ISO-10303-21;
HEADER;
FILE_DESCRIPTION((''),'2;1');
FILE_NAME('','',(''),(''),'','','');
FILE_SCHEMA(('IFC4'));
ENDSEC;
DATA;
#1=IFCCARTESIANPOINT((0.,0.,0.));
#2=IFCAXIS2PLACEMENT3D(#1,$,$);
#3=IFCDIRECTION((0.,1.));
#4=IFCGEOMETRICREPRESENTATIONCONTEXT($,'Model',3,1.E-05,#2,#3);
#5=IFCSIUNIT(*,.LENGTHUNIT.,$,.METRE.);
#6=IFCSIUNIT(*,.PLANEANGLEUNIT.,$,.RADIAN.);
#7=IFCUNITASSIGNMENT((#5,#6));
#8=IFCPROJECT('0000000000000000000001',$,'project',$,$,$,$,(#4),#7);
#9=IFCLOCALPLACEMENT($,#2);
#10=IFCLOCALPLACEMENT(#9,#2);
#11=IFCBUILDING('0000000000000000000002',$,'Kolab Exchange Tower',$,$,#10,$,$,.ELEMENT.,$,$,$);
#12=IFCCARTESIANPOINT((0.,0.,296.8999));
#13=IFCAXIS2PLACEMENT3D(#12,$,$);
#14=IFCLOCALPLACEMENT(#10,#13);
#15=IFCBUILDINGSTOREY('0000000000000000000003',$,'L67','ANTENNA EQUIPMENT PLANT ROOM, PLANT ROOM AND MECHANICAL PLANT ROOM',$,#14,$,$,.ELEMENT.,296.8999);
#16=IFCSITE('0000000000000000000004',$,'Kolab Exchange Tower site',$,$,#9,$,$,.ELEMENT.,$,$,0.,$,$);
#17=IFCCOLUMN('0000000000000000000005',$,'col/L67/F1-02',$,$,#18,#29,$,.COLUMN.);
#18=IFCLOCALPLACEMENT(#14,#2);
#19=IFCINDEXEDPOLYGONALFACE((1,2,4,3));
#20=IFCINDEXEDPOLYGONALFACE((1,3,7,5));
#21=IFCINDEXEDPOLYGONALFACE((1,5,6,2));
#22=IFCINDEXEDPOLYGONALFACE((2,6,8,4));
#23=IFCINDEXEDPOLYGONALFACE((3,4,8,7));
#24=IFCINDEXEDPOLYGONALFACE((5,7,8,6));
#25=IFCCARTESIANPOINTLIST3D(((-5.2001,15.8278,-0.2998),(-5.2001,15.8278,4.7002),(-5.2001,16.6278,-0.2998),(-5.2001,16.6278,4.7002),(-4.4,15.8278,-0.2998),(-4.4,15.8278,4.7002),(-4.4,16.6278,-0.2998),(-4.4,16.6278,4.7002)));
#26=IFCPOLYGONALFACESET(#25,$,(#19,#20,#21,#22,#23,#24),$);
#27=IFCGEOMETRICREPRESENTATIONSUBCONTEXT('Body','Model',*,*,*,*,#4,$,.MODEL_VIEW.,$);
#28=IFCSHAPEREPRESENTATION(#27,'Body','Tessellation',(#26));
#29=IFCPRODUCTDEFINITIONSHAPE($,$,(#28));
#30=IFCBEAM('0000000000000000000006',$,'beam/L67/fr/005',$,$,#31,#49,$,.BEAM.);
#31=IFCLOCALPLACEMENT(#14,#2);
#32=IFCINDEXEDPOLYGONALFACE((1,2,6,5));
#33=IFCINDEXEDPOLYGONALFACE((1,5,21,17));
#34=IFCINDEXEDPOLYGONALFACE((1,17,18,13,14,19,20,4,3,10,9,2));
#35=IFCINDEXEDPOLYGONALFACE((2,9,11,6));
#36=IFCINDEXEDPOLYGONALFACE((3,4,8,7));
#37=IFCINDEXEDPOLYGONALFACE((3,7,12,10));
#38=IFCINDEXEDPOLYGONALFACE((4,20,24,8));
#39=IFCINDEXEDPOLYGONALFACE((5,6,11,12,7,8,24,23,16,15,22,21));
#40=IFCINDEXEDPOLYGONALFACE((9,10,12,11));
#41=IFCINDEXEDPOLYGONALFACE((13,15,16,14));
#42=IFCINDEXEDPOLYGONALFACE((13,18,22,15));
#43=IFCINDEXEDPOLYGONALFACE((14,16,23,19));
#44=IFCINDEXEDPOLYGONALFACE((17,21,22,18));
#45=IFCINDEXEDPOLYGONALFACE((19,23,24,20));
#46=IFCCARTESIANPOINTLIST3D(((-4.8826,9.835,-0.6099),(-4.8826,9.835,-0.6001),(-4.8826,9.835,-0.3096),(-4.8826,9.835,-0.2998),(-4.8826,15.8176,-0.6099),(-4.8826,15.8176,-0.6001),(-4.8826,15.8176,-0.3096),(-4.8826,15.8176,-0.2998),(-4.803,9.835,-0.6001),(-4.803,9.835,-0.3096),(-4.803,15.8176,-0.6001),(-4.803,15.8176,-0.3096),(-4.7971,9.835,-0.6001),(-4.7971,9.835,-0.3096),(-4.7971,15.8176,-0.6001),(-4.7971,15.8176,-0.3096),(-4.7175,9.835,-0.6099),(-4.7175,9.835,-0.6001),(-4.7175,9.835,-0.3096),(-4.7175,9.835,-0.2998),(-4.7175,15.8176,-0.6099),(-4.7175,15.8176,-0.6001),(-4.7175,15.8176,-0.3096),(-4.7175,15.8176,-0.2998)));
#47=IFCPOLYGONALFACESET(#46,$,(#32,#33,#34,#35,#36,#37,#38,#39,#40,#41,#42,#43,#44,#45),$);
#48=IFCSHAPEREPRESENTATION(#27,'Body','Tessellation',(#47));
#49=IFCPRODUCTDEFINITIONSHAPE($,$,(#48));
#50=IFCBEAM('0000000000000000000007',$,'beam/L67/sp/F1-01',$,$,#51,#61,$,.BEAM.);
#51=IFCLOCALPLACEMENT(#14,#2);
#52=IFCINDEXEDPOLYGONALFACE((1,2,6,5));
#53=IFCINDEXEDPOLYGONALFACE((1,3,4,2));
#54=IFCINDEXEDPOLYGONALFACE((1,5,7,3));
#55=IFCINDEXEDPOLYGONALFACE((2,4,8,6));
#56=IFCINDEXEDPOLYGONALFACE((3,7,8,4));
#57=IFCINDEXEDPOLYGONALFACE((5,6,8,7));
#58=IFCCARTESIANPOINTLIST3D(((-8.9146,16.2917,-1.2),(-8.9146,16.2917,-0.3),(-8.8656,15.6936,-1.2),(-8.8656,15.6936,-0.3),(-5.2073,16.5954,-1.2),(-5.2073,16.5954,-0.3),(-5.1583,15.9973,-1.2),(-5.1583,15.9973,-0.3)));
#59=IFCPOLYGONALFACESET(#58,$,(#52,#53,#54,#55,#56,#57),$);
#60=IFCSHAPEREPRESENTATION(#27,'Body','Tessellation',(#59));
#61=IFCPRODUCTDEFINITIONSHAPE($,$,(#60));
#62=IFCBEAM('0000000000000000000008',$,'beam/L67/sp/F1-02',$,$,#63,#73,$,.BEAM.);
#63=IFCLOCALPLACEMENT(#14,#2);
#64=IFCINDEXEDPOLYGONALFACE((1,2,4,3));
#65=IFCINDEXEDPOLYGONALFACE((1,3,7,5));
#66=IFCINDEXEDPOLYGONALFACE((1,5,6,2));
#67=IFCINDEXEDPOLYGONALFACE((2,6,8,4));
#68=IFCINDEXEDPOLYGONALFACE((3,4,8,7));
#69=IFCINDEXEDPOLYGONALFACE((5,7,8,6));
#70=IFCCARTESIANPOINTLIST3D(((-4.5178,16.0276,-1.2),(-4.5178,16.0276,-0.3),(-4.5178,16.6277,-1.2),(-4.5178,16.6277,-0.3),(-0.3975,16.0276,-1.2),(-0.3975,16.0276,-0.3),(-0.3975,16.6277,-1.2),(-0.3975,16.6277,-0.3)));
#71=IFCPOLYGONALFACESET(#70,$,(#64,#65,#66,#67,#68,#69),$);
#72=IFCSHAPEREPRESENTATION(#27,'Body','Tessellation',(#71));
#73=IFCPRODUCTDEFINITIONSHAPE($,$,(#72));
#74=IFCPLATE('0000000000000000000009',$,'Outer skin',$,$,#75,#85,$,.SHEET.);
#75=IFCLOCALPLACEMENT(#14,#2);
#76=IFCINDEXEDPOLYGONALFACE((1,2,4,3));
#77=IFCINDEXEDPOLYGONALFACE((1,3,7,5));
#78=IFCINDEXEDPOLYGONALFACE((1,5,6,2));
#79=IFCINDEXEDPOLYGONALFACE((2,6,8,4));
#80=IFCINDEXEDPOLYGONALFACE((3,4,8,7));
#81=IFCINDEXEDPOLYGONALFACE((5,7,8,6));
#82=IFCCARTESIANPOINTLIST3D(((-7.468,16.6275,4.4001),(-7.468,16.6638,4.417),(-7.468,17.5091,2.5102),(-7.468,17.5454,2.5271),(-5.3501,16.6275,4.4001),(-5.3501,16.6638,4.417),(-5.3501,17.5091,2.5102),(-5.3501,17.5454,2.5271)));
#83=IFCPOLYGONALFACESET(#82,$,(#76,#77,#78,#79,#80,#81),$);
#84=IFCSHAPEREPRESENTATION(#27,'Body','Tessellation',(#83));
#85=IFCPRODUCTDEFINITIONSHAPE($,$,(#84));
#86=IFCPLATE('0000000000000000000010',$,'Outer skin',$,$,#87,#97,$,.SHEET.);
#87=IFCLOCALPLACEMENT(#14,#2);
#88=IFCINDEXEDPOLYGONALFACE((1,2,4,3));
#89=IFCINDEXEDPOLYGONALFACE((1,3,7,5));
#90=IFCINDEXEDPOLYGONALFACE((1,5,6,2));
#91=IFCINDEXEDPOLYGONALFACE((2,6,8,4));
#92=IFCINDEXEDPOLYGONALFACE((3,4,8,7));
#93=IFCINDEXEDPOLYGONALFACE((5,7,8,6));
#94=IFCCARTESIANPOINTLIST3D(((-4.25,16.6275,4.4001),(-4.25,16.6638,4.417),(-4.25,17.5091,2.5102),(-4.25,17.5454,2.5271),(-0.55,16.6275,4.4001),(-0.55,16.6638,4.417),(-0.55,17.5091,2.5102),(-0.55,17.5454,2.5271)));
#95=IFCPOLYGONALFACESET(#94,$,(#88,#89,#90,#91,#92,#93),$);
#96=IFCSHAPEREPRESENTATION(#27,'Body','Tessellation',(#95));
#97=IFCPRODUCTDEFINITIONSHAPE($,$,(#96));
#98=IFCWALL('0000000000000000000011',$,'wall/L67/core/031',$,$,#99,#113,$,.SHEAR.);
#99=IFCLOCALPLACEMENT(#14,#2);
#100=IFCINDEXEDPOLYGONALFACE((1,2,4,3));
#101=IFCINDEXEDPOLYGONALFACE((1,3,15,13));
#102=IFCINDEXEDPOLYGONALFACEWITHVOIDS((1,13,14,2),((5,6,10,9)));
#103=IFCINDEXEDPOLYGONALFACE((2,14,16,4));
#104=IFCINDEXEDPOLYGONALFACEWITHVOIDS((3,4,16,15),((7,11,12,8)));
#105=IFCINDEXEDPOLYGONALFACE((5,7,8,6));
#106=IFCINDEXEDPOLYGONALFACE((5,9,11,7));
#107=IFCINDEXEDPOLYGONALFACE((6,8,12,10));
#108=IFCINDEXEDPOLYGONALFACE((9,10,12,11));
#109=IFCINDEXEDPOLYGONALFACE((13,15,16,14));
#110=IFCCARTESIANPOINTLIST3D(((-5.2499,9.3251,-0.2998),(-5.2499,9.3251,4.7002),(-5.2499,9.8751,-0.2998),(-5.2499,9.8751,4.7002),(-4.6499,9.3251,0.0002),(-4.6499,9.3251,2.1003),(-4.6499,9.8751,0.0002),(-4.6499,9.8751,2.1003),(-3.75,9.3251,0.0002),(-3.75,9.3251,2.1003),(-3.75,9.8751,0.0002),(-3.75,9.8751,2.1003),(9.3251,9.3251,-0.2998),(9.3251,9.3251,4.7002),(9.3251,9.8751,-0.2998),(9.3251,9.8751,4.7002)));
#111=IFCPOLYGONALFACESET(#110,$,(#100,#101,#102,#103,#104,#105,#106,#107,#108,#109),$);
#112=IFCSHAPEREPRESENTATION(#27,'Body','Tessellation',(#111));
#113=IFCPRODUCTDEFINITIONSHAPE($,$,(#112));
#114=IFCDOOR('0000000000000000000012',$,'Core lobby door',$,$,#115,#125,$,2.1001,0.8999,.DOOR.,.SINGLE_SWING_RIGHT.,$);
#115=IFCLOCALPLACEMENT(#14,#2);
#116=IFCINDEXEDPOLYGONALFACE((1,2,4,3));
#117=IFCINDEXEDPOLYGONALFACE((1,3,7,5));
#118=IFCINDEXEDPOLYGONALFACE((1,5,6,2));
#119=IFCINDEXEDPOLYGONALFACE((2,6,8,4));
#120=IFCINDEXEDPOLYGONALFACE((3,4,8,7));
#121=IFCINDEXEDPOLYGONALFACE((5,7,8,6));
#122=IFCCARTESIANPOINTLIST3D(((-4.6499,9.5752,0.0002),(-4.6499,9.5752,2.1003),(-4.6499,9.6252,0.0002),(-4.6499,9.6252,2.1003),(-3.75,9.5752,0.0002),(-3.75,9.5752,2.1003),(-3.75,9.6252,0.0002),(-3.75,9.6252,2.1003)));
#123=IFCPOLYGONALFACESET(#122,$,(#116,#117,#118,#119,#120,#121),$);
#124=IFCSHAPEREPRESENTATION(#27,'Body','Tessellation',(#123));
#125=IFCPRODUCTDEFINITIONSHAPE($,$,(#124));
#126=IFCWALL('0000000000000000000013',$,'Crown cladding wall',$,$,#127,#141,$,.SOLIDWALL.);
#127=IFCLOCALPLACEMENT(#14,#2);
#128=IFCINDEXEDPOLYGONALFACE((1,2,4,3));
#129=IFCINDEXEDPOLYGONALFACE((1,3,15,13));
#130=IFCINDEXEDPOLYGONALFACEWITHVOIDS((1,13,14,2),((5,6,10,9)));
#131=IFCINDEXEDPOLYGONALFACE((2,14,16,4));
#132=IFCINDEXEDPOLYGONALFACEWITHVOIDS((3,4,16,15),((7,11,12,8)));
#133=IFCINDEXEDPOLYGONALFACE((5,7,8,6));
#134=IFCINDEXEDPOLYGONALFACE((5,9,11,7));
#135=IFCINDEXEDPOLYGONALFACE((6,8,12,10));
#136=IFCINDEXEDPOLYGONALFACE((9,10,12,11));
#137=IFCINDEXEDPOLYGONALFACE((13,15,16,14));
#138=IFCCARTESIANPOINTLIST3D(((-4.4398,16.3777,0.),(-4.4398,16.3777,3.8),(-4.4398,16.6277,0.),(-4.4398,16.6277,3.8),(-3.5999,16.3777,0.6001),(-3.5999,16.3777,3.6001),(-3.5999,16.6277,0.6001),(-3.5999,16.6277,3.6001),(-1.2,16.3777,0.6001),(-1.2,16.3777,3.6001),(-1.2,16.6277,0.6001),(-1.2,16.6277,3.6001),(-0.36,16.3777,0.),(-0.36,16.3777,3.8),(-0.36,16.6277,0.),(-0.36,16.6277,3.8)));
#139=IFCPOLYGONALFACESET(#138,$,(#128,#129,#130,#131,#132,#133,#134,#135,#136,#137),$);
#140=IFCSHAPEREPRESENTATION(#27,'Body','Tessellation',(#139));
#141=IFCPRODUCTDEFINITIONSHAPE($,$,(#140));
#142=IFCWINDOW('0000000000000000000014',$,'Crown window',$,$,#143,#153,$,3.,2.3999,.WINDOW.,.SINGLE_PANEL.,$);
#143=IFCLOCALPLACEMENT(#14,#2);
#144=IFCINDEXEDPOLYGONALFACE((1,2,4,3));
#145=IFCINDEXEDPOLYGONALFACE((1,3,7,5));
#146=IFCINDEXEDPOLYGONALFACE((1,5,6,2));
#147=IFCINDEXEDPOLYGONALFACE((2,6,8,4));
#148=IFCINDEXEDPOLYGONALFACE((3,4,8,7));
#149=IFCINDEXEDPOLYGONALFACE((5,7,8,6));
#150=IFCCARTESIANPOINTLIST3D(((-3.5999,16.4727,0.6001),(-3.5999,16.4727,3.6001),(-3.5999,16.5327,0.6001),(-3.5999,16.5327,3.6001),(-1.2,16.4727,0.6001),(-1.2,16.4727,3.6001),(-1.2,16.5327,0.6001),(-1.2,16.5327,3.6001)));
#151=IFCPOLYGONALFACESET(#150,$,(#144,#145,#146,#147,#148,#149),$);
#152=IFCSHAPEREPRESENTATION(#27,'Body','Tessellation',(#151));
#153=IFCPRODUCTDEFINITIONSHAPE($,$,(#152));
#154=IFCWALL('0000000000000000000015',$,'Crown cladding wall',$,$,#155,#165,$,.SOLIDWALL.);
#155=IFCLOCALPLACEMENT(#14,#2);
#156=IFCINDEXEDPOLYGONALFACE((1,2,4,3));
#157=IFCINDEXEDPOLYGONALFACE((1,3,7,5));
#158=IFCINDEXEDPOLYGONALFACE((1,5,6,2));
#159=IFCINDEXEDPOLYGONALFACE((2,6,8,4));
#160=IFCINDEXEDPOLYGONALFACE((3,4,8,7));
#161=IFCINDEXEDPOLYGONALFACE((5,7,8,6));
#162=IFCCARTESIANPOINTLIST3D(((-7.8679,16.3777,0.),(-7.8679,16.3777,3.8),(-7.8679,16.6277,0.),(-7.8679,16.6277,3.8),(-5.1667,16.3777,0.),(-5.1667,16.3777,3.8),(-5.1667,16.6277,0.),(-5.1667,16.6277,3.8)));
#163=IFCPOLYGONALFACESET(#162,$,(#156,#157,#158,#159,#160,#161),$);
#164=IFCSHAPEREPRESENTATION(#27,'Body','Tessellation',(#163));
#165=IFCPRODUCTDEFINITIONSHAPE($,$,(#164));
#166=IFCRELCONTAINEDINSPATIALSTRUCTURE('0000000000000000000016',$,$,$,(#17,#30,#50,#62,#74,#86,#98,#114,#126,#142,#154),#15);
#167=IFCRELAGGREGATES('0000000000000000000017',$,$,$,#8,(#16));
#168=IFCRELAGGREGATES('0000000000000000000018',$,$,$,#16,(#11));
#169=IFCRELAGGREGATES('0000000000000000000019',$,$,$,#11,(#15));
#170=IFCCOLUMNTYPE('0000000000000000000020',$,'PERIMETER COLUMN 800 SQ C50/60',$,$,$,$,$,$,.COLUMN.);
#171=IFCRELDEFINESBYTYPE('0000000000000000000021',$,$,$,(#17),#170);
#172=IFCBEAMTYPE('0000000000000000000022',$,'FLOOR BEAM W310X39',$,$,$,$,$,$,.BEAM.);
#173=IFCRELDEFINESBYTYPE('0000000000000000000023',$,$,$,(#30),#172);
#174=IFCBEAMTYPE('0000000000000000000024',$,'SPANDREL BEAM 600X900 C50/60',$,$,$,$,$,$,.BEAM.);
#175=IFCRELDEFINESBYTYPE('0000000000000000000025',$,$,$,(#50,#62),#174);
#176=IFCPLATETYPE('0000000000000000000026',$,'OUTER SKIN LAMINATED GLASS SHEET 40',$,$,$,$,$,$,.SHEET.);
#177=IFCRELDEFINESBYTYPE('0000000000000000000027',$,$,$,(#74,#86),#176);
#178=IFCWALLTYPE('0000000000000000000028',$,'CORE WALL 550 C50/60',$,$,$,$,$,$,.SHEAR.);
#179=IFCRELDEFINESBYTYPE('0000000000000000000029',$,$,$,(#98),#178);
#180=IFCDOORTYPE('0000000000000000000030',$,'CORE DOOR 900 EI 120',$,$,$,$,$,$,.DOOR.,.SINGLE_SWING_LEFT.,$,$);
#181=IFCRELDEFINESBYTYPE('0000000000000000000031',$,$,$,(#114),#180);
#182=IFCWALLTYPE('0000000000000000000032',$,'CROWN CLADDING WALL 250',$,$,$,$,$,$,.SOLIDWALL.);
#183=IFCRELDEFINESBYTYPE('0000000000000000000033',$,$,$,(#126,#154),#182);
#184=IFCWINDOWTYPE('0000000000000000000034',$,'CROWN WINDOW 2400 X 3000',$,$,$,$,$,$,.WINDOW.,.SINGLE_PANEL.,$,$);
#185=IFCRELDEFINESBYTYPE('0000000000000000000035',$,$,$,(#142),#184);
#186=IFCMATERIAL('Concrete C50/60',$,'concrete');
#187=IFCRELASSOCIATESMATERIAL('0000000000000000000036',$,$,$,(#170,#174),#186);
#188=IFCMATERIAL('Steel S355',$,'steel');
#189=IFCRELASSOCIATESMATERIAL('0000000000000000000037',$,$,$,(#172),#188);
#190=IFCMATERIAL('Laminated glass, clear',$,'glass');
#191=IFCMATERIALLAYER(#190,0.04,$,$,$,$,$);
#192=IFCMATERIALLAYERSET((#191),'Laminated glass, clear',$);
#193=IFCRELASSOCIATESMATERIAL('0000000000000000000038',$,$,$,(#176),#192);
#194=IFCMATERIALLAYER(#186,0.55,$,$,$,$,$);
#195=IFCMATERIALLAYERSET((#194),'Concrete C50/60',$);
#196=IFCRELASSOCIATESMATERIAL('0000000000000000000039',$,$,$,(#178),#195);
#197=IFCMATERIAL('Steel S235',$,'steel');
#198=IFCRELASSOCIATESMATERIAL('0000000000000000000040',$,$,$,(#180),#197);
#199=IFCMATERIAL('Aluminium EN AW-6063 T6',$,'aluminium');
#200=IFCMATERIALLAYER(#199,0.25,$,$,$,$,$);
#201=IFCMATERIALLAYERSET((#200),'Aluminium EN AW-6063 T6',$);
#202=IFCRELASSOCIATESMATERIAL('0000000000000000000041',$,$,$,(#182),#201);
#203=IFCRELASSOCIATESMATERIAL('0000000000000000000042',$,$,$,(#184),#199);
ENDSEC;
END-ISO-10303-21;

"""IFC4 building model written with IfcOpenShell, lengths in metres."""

from ifc_helpers import new_model, si_unit, direction, frame, frame_2d, origin, origin_2d, place, context, subcontext, project, spatial, polyline, rectangle, i_section, outline, extrude, material, layer, layer_set, material_profile, profile_set, type_object, element, fill, save


model = new_model("IFC4")

# Units and contexts
model_context = context("Model", 3, precision=1e-05, world=origin(), true_north=direction((0.0, 1.0)))
body_context = subcontext(model_context, "Body", "Model", "MODEL_VIEW")
ifc_project = project(units=[si_unit("LENGTHUNIT", "METRE"), si_unit("PLANEANGLEUNIT", "RADIAN")], contexts=[model_context])

# Site, building, storey
site_placement = place(None, origin())
site = spatial("IfcSite", under=ifc_project, at=site_placement, Name="Kolab Exchange Tower site", CompositionType="ELEMENT", RefElevation=0.0)
building_placement = place(site_placement, origin())
building = spatial("IfcBuilding", under=site, at=building_placement, Name="Kolab Exchange Tower", CompositionType="ELEMENT")
storey_placement = place(building_placement, frame((0.0, 0.0, 296.8999)))
storey = spatial("IfcBuildingStorey", under=building, at=storey_placement, Name="L67", Description="ANTENNA EQUIPMENT PLANT ROOM, PLANT ROOM AND MECHANICAL PLANT ROOM", CompositionType="ELEMENT", Elevation=296.8999)

# Column
ifc_material_1 = material(Name="Concrete C50/60", Category="concrete")
ifc_material_profile_1 = material_profile(ifc_material_1, rectangle(XDim=0.8, YDim=0.8, at=origin_2d()), Name="RC800")
ifc_profile_set_1 = profile_set([ifc_material_profile_1], Name="Concrete C50/60")
column_type = type_object("IfcColumnType", Name="PERIMETER COLUMN 800 SQ C50/60", PredefinedType="COLUMN", material=ifc_profile_set_1)
column_placement = place(storey_placement, frame((-4.8, 16.2278, -0.2998), z_axis=(0.0, 0.0, 1.0), x_axis=(1.0, 0.0, 0.0)))
element("IfcColumn", 1, at=column_placement, inside=storey, type_object=column_type, Name="col/L67/F1-02", PredefinedType="COLUMN", context=body_context, shape_type="SweptSolid", body=[
    extrude(rectangle(XDim=0.8, YDim=0.8, at=origin_2d()), origin(), (0.0, 0.0, 1.0), 5.0),
])

# Beams
ifc_material_2 = material(Name="Steel S355", Category="steel")
ifc_material_profile_2 = material_profile(ifc_material_2, i_section(OverallWidth=0.165, OverallDepth=0.3101, WebThickness=0.0059, FlangeThickness=0.0098, at=origin_2d()), Name="W310X39")
ifc_profile_set_2 = profile_set([ifc_material_profile_2], Name="Steel S355")
beam_type_1 = type_object("IfcBeamType", Name="FLOOR BEAM W310X39", PredefinedType="BEAM", material=ifc_profile_set_2)
beam_1_placement = place(storey_placement, frame((-4.8, 9.835, -0.4548), z_axis=(0.0, 1.0, 0.0), x_axis=(-1.0, 0.0, 0.0)))
element("IfcBeam", 2, at=beam_1_placement, inside=storey, type_object=beam_type_1, Name="beam/L67/fr/005", PredefinedType="BEAM", context=body_context, shape_type="SweptSolid", body=[
    extrude(i_section(OverallWidth=0.165, OverallDepth=0.3101, WebThickness=0.0059, FlangeThickness=0.0098, at=origin_2d()), origin(), (0.0, 0.0, 1.0), 5.9827),
])
ifc_material_profile_3 = material_profile(ifc_material_1, rectangle(XDim=0.6001, YDim=0.8999, at=origin_2d()), Name="RC600X900")
ifc_profile_set_3 = profile_set([ifc_material_profile_3], Name="Concrete C50/60")
beam_type_2 = type_object("IfcBeamType", Name="SPANDREL BEAM 600X900 C50/60", PredefinedType="BEAM", material=ifc_profile_set_3)
beam_2_placement = place(storey_placement, frame((-8.8901, 15.9927, -0.75), z_axis=(0.996661, 0.081649, 0.0), x_axis=(-0.081649, 0.996661, 0.0)))
element("IfcBeam", 3, at=beam_2_placement, inside=storey, type_object=beam_type_2, Name="beam/L67/sp/F1-01", PredefinedType="BEAM", context=body_context, shape_type="SweptSolid", body=[
    extrude(rectangle(XDim=0.6001, YDim=0.8999, at=origin_2d()), origin(), (0.0, 0.0, 1.0), 3.7197),
])
beam_3_placement = place(storey_placement, frame((-4.5178, 16.3276, -0.75), z_axis=(1.0, 0.0, 0.0), x_axis=(0.0, 1.0, 0.0)))
element("IfcBeam", 4, at=beam_3_placement, inside=storey, type_object=beam_type_2, Name="beam/L67/sp/F1-02", PredefinedType="BEAM", context=body_context, shape_type="SweptSolid", body=[
    extrude(rectangle(XDim=0.6001, YDim=0.8999, at=origin_2d()), origin(), (0.0, 0.0, 1.0), 4.1204),
])

# Plates
ifc_material_3 = material(Name="Laminated glass, clear", Category="glass")
ifc_layer_1 = layer(ifc_material_3, 0.04)
ifc_layer_set_1 = layer_set([ifc_layer_1], Name="Laminated glass, clear")
plate_type = type_object("IfcPlateType", Name="OUTER SKIN LAMINATED GLASS SHEET 40", PredefinedType="SHEET", material=ifc_layer_set_1)
plate_1_placement = place(storey_placement, frame((-7.468, 17.5454, 2.5271), z_axis=(0.0, 0.906249, 0.422744), x_axis=(1.0, 0.0, 0.0)))
element("IfcPlate", 5, at=plate_1_placement, inside=storey, type_object=plate_type, Name="Outer skin", PredefinedType="SHEET", context=body_context, shape_type="SweptSolid", body=[
    extrude(outline(polyline([(0.0, 0.0), (2.1179, 0.0), (2.1179, -2.0854), (0.0, -2.0854), (0.0, 0.0)])), origin(), (0.0, 0.0, -1.0), 0.04),
])
plate_2_placement = place(storey_placement, frame((-4.25, 17.5454, 2.5271), z_axis=(0.0, 0.906249, 0.422744), x_axis=(1.0, 0.0, 0.0)))
element("IfcPlate", 6, at=plate_2_placement, inside=storey, type_object=plate_type, Name="Outer skin", PredefinedType="SHEET", context=body_context, shape_type="SweptSolid", body=[
    extrude(outline(polyline([(0.0, 0.0), (3.7, 0.0), (3.7, -2.0854), (0.0, -2.0854), (0.0, 0.0)])), origin(), (0.0, 0.0, -1.0), 0.04),
])

# Wall, opening, door
ifc_layer_2 = layer(ifc_material_1, 0.55)
ifc_layer_set_2 = layer_set([ifc_layer_2], Name="Concrete C50/60")
wall_type_1 = type_object("IfcWallType", Name="CORE WALL 550 C50/60", PredefinedType="SHEAR", material=ifc_layer_set_2)
wall_1_placement = place(storey_placement, frame((-5.25, 9.6001, -0.2998), z_axis=(0.0, 0.0, 1.0), x_axis=(1.0, 0.0, 0.0)))
wall_1 = element("IfcWall", 7, at=wall_1_placement, inside=storey, type_object=wall_type_1, Name="wall/L67/core/031", PredefinedType="SHEAR", context=body_context, shape_type="SweptSolid", body=[
    extrude(rectangle(XDim=14.575, YDim=0.55, at=frame_2d((7.2876, 0.0))), origin(), (0.0, 0.0, 1.0), 5.0),
])
opening_1_placement = place(wall_1_placement, frame((0.6001, 0.0, 0.3)))
opening_1 = element("IfcOpeningElement", 8, at=opening_1_placement, cuts=wall_1, PredefinedType="OPENING", context=body_context, shape_type="SweptSolid", body=[
    extrude(rectangle(XDim=0.8999, YDim=2.1001, at=frame_2d((0.45, 1.05))), frame((0.0, 0.2852, 0.0), z_axis=(0.0, -1.0, 0.0), x_axis=(1.0, 0.0, 0.0)), (0.0, 0.0, 1.0), 0.5701),
])
ifc_material_4 = material(Name="Steel S235", Category="steel")
door_type = type_object("IfcDoorType", Name="CORE DOOR 900 EI 120", OperationType="SINGLE_SWING_LEFT", PredefinedType="DOOR", material=ifc_material_4)
door_placement = place(opening_1_placement, frame((0.8999, 0.0, 0.0), z_axis=(0.0, 0.0, 1.0), x_axis=(-1.0, 0.0, 0.0)))
door = element("IfcDoor", 9, at=door_placement, inside=storey, type_object=door_type, Name="Core lobby door", OperationType="SINGLE_SWING_RIGHT", OverallHeight=2.1001, OverallWidth=0.8999, PredefinedType="DOOR", context=body_context, shape_type="SweptSolid", body=[
    extrude(rectangle(XDim=0.8999, YDim=2.1001, at=frame_2d((0.45, 1.05))), frame((0.0, 0.0249, 0.0), z_axis=(0.0, -1.0, 0.0), x_axis=(1.0, 0.0, 0.0)), (0.0, 0.0, 1.0), 0.05),
])
fill(opening_1, door)

# Wall, opening, window
ifc_material_5 = material(Name="Aluminium EN AW-6063 T6", Category="aluminium")
ifc_layer_3 = layer(ifc_material_5, 0.25)
ifc_layer_set_3 = layer_set([ifc_layer_3], Name="Aluminium EN AW-6063 T6")
wall_type_2 = type_object("IfcWallType", Name="CROWN CLADDING WALL 250", PredefinedType="SOLIDWALL", material=ifc_layer_set_3)
wall_2_placement = place(storey_placement, frame((-4.4399, 16.5027, 0.0), z_axis=(0.0, 0.0, 1.0), x_axis=(1.0, 0.0, 0.0)))
wall_2 = element("IfcWall", 10, at=wall_2_placement, inside=storey, type_object=wall_type_2, Name="Crown cladding wall", PredefinedType="SOLIDWALL", context=body_context, shape_type="SweptSolid", body=[
    extrude(rectangle(XDim=4.0798, YDim=0.25, at=frame_2d((2.04, 0.0))), origin(), (0.0, 0.0, 1.0), 3.8),
])
opening_2_placement = place(wall_2_placement, frame((0.8401, 0.0, 0.6001)))
opening_2 = element("IfcOpeningElement", 11, at=opening_2_placement, cuts=wall_2, PredefinedType="OPENING", context=body_context, shape_type="SweptSolid", body=[
    extrude(rectangle(XDim=2.3999, YDim=3.0, at=frame_2d((1.2, 1.5))), frame((0.0, 0.135, 0.0), z_axis=(0.0, -1.0, 0.0), x_axis=(1.0, 0.0, 0.0)), (0.0, 0.0, 1.0), 0.27),
])
window_type = type_object("IfcWindowType", Name="CROWN WINDOW 2400 X 3000", PartitioningType="SINGLE_PANEL", PredefinedType="WINDOW", material=ifc_material_5)
window_placement = place(opening_2_placement, origin())
window = element("IfcWindow", 12, at=window_placement, inside=storey, type_object=window_type, Name="Crown window", OverallHeight=3.0, OverallWidth=2.3999, PartitioningType="SINGLE_PANEL", PredefinedType="WINDOW", context=body_context, shape_type="SweptSolid", body=[
    extrude(rectangle(XDim=2.3999, YDim=3.0, at=frame_2d((1.2, 1.5))), frame((0.0, 0.03, 0.0), z_axis=(0.0, -1.0, 0.0), x_axis=(1.0, 0.0, 0.0)), (0.0, 0.0, 1.0), 0.0601),
])
fill(opening_2, window)

# Wall
wall_3_placement = place(storey_placement, frame((-7.8679, 16.5027, 0.0), z_axis=(0.0, 0.0, 1.0), x_axis=(1.0, 0.0, 0.0)))
element("IfcWall", 13, at=wall_3_placement, inside=storey, type_object=wall_type_2, Name="Crown cladding wall", PredefinedType="SOLIDWALL", context=body_context, shape_type="SweptSolid", body=[
    extrude(rectangle(XDim=2.7012, YDim=0.25, at=frame_2d((1.3506, 0.0))), origin(), (0.0, 0.0, 1.0), 3.8),
])

save(model, "model.ifc")
